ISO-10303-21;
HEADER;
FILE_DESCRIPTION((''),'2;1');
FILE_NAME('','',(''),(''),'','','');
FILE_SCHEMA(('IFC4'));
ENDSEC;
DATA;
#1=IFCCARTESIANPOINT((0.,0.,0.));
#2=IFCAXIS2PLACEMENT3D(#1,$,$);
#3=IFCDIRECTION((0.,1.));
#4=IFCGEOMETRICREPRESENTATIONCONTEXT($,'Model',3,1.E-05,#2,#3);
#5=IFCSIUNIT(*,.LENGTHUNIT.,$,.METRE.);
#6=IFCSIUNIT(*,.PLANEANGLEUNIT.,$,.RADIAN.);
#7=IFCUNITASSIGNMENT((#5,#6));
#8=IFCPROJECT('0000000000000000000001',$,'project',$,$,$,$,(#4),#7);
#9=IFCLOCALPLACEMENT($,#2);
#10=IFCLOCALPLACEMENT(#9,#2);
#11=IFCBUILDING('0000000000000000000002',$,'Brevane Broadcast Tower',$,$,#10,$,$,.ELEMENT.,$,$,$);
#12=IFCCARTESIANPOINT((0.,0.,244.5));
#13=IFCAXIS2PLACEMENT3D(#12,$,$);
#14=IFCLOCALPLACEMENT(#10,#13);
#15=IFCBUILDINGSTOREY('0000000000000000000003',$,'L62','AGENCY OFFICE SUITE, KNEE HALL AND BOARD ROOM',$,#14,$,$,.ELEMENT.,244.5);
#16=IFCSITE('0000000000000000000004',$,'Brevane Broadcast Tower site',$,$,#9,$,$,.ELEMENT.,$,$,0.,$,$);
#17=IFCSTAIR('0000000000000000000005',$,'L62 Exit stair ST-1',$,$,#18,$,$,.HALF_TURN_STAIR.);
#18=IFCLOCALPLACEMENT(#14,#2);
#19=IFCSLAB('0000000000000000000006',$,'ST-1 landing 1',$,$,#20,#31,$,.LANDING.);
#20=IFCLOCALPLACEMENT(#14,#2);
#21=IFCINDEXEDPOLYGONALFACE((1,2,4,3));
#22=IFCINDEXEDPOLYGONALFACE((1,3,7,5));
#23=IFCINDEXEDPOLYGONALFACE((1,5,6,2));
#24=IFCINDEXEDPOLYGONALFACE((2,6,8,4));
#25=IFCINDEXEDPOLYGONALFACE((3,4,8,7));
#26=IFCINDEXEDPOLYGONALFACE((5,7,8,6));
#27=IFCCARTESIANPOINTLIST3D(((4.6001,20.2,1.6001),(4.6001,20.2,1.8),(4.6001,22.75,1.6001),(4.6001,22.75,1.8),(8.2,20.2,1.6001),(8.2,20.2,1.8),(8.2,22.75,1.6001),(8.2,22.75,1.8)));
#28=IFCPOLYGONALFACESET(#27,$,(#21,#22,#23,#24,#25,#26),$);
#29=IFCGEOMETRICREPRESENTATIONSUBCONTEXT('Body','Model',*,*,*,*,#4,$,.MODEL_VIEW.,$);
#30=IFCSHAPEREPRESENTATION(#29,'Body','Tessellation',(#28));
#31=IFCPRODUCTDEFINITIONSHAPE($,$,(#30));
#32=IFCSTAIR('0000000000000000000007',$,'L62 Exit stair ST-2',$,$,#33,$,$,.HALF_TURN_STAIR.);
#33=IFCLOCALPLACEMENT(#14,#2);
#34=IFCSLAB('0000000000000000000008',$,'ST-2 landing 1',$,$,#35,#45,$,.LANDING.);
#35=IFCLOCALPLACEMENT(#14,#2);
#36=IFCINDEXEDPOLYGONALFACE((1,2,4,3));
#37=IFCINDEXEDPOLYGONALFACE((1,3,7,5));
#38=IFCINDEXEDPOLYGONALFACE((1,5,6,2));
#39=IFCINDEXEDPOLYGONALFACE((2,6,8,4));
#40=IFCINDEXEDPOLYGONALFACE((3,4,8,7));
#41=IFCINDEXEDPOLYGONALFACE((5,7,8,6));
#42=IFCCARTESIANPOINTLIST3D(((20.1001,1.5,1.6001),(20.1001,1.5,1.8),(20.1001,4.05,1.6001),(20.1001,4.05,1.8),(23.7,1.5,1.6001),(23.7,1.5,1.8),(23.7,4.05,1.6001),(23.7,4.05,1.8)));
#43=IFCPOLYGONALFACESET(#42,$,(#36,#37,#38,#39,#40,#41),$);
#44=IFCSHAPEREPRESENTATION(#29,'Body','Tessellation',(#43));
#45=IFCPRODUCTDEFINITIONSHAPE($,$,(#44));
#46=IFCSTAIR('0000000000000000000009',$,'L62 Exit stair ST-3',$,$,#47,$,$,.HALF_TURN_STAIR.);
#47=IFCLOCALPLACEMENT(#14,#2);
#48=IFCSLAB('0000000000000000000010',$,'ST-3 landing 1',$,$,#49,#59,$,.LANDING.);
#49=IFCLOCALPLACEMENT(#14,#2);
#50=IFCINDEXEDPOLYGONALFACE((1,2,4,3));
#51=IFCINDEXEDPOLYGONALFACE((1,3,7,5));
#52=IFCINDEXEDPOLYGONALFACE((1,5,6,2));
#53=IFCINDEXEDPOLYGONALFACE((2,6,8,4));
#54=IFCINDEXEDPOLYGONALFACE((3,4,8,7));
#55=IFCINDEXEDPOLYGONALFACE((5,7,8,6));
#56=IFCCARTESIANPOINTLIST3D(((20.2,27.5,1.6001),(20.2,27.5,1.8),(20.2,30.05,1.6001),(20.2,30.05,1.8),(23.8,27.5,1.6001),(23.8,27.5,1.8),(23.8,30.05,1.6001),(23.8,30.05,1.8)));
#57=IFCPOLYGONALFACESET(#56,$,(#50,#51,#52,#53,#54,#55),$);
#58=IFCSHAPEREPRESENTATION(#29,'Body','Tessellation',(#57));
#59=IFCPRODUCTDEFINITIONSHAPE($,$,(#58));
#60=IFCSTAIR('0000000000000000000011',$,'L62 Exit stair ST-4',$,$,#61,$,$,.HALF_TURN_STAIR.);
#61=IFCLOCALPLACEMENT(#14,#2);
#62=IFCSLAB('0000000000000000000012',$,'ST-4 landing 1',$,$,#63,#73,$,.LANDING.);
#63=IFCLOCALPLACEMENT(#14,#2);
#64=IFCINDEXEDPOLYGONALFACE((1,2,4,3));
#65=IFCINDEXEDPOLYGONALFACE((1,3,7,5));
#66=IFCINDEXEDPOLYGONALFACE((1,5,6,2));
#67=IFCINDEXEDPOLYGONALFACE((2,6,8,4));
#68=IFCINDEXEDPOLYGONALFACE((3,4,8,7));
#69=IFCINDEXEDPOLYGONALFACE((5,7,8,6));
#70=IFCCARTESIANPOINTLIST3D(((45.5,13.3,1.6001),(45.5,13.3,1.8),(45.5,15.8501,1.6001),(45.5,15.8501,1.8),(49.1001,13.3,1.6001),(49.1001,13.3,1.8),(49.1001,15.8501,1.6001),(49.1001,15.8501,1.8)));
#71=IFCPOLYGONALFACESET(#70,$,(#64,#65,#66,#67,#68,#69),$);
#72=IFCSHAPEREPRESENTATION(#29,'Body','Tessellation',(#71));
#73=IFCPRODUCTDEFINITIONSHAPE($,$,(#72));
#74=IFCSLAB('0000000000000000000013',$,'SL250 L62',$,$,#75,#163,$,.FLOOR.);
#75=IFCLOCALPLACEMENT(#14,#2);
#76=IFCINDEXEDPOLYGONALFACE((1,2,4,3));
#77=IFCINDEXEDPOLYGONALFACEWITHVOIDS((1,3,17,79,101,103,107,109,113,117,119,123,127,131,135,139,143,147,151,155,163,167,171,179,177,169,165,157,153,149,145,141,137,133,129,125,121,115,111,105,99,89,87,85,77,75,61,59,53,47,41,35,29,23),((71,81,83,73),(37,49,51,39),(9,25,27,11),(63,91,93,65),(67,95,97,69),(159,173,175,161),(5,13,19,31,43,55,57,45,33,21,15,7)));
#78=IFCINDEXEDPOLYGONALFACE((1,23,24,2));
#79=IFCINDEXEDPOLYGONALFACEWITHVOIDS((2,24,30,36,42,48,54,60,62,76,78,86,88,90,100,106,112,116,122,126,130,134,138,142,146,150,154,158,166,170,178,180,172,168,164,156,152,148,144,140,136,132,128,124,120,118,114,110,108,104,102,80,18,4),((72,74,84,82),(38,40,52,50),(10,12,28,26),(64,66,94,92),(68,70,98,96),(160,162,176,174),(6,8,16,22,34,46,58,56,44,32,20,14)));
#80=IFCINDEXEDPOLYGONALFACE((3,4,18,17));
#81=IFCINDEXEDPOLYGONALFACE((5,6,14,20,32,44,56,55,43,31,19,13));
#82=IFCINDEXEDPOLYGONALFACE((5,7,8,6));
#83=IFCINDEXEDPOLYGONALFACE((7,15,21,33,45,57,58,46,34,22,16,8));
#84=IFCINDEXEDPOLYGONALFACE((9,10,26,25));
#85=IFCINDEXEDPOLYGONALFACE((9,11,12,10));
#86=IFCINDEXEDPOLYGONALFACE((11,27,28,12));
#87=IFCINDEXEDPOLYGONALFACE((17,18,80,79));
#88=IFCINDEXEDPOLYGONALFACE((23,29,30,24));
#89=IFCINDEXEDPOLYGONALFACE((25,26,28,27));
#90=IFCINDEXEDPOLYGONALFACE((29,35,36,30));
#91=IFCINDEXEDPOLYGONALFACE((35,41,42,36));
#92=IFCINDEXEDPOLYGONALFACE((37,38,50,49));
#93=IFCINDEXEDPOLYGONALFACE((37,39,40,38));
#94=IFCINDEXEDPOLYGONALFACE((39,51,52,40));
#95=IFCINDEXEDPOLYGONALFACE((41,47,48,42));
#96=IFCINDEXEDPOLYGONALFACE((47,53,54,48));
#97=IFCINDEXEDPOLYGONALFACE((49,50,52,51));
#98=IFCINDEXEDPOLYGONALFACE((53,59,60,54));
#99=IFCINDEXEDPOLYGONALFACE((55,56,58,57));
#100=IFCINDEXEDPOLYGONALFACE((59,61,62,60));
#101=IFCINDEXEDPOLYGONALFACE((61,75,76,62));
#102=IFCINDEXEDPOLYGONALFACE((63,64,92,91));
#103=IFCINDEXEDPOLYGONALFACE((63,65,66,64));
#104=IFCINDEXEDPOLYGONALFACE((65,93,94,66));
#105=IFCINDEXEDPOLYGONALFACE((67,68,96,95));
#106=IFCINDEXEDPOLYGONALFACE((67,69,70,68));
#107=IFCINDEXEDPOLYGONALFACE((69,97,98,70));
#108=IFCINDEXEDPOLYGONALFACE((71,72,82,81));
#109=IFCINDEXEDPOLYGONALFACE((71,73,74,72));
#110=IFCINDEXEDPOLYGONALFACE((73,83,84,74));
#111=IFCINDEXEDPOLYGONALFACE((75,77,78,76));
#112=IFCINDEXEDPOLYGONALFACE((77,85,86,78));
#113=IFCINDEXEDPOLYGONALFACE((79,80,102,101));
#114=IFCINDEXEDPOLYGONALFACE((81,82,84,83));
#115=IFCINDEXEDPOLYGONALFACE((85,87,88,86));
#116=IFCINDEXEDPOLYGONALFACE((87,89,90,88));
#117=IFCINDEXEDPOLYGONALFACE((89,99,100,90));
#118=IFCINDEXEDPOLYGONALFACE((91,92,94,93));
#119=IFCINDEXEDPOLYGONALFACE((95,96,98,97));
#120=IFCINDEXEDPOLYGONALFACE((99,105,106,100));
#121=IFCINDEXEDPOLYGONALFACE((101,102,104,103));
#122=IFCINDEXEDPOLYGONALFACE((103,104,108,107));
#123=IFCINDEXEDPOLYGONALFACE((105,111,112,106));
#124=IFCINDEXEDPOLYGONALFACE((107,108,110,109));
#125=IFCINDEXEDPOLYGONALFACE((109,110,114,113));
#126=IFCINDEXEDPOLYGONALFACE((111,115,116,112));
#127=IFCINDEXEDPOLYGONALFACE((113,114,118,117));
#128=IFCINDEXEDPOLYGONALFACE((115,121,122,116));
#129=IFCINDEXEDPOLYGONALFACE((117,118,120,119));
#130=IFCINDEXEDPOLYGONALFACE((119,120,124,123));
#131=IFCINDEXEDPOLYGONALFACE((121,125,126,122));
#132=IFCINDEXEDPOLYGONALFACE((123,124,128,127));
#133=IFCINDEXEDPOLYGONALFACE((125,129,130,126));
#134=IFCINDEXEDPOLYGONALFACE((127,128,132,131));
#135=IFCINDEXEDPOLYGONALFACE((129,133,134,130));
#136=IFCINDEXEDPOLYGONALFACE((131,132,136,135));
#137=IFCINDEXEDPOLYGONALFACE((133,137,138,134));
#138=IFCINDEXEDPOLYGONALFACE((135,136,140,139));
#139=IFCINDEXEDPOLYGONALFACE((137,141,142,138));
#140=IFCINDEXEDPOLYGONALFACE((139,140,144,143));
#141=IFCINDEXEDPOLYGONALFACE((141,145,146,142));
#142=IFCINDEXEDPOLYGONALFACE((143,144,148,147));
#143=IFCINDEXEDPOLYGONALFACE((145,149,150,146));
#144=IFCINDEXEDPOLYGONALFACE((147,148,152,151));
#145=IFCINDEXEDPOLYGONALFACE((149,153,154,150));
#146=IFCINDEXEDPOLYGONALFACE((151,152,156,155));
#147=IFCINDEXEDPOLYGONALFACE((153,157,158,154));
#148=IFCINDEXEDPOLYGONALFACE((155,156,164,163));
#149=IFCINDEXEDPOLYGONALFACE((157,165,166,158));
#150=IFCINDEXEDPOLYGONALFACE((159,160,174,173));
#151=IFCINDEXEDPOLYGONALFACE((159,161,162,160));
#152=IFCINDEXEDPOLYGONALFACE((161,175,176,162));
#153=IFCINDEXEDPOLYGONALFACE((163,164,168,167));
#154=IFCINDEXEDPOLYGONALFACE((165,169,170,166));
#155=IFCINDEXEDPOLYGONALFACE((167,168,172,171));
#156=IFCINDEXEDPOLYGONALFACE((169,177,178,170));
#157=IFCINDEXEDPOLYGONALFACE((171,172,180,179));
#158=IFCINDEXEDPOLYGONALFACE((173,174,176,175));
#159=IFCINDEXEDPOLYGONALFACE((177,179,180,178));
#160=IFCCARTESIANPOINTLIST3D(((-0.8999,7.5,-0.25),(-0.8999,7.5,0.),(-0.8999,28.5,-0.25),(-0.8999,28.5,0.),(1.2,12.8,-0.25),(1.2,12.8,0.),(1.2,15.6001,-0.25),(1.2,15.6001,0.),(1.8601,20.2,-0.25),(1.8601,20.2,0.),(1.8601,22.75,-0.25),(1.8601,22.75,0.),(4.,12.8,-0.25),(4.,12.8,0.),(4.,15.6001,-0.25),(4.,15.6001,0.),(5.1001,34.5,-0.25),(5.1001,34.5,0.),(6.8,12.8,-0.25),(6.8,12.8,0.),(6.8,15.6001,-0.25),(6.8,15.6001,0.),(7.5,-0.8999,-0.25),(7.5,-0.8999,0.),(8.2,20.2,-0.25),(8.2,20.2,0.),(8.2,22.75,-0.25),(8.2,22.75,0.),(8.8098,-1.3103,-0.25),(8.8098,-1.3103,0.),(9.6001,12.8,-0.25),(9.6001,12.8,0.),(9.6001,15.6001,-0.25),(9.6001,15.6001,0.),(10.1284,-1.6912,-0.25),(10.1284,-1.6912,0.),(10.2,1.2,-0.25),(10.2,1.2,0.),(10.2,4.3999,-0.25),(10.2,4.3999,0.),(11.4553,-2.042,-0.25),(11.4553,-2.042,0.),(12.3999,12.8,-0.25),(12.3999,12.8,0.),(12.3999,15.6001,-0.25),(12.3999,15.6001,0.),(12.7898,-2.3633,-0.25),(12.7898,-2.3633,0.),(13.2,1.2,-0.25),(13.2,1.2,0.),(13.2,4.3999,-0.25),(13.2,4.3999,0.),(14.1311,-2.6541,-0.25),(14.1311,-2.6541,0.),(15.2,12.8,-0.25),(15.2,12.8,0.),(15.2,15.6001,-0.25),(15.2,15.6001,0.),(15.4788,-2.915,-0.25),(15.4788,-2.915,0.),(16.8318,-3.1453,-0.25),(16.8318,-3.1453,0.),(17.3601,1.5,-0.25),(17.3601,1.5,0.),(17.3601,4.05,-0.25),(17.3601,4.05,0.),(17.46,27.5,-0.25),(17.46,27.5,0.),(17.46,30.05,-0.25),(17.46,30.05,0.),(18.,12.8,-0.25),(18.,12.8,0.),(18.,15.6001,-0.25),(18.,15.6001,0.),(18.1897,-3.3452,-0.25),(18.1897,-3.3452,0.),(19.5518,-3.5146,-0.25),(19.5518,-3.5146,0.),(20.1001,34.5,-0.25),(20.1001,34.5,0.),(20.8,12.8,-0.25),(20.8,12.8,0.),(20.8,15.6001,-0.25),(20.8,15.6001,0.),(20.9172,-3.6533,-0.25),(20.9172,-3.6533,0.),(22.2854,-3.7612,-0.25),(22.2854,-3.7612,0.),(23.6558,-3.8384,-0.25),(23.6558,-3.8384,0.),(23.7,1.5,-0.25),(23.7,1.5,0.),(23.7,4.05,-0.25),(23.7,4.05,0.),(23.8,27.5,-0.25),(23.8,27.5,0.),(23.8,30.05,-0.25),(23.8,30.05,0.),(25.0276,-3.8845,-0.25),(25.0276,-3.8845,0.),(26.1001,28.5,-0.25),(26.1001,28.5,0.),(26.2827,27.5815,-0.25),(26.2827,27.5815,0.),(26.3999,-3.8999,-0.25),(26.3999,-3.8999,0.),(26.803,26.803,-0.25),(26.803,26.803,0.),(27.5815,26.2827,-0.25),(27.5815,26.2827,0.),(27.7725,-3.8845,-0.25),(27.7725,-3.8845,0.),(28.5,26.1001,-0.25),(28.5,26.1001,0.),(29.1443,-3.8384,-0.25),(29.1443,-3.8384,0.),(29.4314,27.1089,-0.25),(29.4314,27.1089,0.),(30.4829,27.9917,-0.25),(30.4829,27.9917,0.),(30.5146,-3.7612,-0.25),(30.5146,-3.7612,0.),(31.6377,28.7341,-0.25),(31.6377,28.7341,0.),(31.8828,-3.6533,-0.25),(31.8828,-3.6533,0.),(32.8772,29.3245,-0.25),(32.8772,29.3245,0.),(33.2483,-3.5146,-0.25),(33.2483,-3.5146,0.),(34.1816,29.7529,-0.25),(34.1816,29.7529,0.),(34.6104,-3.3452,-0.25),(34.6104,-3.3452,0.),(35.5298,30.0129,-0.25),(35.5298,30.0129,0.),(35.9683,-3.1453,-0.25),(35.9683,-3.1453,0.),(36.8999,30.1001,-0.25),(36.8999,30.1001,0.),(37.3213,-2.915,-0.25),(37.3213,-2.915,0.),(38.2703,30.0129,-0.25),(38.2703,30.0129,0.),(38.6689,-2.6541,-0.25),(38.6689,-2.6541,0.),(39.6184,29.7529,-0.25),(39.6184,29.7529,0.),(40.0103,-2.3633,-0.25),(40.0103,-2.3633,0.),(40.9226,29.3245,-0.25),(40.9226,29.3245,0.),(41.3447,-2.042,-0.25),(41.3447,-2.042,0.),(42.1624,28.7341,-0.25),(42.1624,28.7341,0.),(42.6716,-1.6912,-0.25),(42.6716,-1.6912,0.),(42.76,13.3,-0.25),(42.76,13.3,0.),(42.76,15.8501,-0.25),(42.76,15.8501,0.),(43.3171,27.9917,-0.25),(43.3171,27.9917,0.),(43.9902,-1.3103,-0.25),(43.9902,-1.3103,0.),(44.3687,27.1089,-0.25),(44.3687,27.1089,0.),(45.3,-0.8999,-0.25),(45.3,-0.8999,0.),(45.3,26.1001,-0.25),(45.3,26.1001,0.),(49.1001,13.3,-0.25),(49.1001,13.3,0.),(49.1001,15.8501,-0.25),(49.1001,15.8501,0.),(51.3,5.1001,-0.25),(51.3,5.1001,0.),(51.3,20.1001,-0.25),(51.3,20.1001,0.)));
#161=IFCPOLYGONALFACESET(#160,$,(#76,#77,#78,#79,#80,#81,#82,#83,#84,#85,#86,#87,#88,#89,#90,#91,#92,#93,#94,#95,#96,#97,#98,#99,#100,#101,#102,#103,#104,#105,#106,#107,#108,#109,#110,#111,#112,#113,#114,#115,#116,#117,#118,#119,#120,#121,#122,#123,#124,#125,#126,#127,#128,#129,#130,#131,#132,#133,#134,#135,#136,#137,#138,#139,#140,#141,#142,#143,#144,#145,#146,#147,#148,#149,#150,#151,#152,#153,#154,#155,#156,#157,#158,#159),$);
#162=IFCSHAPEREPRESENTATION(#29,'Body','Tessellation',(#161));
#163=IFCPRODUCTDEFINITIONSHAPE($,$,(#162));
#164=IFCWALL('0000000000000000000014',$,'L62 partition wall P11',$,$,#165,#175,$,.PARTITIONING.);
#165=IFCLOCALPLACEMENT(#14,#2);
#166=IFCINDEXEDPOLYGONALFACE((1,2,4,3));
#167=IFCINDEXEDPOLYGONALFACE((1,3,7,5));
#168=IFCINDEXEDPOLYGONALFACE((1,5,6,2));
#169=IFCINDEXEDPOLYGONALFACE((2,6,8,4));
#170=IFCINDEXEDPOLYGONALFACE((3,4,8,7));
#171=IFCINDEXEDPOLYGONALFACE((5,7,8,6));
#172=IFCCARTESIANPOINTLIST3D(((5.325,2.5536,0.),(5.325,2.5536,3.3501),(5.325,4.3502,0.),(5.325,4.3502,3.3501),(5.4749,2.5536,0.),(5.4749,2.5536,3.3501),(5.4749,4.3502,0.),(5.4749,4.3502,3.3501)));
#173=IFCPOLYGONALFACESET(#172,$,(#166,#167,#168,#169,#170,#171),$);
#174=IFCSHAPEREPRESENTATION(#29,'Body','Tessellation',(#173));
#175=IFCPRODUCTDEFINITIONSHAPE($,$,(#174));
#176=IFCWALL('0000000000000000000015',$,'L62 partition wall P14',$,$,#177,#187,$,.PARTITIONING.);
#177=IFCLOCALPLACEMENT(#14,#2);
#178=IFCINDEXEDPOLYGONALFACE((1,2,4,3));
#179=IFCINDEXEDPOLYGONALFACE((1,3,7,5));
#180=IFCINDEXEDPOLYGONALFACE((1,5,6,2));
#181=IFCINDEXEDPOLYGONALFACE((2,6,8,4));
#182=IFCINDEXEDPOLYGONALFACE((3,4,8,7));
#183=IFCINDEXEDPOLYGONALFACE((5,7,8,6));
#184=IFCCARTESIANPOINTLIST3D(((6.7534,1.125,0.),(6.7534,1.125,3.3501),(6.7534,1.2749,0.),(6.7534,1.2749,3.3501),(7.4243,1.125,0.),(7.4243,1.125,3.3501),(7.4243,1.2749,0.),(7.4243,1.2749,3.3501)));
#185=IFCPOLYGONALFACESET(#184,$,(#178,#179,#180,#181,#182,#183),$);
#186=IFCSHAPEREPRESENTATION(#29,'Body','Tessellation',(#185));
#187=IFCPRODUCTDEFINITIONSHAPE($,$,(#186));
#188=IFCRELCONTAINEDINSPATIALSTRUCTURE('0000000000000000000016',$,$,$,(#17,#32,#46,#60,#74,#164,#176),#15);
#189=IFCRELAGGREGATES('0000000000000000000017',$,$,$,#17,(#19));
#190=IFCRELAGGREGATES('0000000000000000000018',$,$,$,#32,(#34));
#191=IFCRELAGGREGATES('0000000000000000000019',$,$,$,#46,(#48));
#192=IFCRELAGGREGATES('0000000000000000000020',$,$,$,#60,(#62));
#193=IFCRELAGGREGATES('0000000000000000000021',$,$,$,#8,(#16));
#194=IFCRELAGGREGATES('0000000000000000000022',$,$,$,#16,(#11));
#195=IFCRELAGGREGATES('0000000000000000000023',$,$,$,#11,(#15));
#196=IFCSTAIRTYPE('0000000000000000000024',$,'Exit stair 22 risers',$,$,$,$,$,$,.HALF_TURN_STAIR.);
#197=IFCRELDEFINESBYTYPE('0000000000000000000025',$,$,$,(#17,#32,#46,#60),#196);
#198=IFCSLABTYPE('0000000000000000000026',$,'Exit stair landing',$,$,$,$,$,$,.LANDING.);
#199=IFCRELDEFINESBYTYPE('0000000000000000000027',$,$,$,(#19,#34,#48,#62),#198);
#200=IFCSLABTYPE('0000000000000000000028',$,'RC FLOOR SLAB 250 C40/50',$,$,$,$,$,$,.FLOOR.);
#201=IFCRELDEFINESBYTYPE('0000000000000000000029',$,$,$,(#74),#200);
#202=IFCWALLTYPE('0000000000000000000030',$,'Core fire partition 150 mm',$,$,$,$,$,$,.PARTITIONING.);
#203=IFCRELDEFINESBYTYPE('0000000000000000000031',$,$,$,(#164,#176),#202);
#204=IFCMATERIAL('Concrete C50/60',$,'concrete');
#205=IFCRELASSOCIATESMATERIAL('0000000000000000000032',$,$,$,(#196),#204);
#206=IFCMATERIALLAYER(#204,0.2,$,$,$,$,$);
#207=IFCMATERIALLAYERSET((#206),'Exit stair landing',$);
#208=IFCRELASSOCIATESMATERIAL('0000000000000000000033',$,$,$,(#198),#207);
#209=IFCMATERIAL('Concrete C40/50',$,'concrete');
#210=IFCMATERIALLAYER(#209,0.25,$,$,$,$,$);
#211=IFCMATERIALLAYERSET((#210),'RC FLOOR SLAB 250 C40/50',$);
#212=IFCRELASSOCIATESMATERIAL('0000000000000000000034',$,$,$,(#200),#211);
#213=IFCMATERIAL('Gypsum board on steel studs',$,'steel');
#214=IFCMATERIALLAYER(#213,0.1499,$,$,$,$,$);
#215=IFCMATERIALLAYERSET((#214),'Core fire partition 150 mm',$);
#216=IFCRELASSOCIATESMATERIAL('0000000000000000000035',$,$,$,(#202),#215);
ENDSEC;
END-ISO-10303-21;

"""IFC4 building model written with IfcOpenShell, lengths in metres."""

from ifc_helpers import new_model, si_unit, direction, frame, frame_2d, origin, place, context, subcontext, project, spatial, polyline, rectangle, outline, extrude, material, layer, layer_set, type_object, element, aggregate, save


model = new_model("IFC4")

# Units and contexts
model_context = context("Model", 3, precision=1e-05, world=origin(), true_north=direction((0.0, 1.0)))
body_context = subcontext(model_context, "Body", "Model", "MODEL_VIEW")
ifc_project = project(units=[si_unit("LENGTHUNIT", "METRE"), si_unit("PLANEANGLEUNIT", "RADIAN")], contexts=[model_context])

# Site, building, storey
site_placement = place(None, origin())
site = spatial("IfcSite", under=ifc_project, at=site_placement, Name="Brevane Broadcast Tower site", CompositionType="ELEMENT", RefElevation=0.0)
building_placement = place(site_placement, origin())
building = spatial("IfcBuilding", under=site, at=building_placement, Name="Brevane Broadcast Tower", CompositionType="ELEMENT")
storey_placement = place(building_placement, frame((0.0, 0.0, 244.5)))
storey = spatial("IfcBuildingStorey", under=building, at=storey_placement, Name="L62", Description="AGENCY OFFICE SUITE, KNEE HALL AND BOARD ROOM", CompositionType="ELEMENT", Elevation=244.5)

# Stairs, slabs
ifc_material_1 = material(Name="Concrete C50/60", Category="concrete")
stair_type = type_object("IfcStairType", Name="Exit stair 22 risers", PredefinedType="HALF_TURN_STAIR", material=ifc_material_1)
stair_1_placement = place(storey_placement, origin())
stair_1 = element("IfcStair", 1, at=stair_1_placement, inside=storey, type_object=stair_type, Name="L62 Exit stair ST-1", PredefinedType="HALF_TURN_STAIR")
ifc_layer_1 = layer(ifc_material_1, 0.2)
ifc_layer_set_1 = layer_set([ifc_layer_1], Name="Exit stair landing")
slab_type_1 = type_object("IfcSlabType", Name="Exit stair landing", PredefinedType="LANDING", material=ifc_layer_set_1)
slab_1_placement = place(storey_placement, frame((0.0, 0.0, 1.6001)))
slab_1 = element("IfcSlab", 2, at=slab_1_placement, type_object=slab_type_1, Name="ST-1 landing 1", PredefinedType="LANDING", context=body_context, shape_type="SweptSolid", body=[
    extrude(outline(polyline([(4.6001, 20.2), (8.2, 20.2), (8.2, 22.75), (4.6001, 22.75), (4.6001, 20.2)])), origin(), (0.0, 0.0, 1.0), 0.2),
])
aggregate(stair_1, [slab_1])
stair_2_placement = place(storey_placement, origin())
stair_2 = element("IfcStair", 3, at=stair_2_placement, inside=storey, type_object=stair_type, Name="L62 Exit stair ST-2", PredefinedType="HALF_TURN_STAIR")
slab_2_placement = place(storey_placement, frame((0.0, 0.0, 1.6001)))
slab_2 = element("IfcSlab", 4, at=slab_2_placement, type_object=slab_type_1, Name="ST-2 landing 1", PredefinedType="LANDING", context=body_context, shape_type="SweptSolid", body=[
    extrude(outline(polyline([(20.1001, 1.5), (23.7, 1.5), (23.7, 4.05), (20.1001, 4.05), (20.1001, 1.5)])), origin(), (0.0, 0.0, 1.0), 0.2),
])
aggregate(stair_2, [slab_2])
stair_3_placement = place(storey_placement, origin())
stair_3 = element("IfcStair", 5, at=stair_3_placement, inside=storey, type_object=stair_type, Name="L62 Exit stair ST-3", PredefinedType="HALF_TURN_STAIR")
slab_3_placement = place(storey_placement, frame((0.0, 0.0, 1.6001)))
slab_3 = element("IfcSlab", 6, at=slab_3_placement, type_object=slab_type_1, Name="ST-3 landing 1", PredefinedType="LANDING", context=body_context, shape_type="SweptSolid", body=[
    extrude(outline(polyline([(20.2, 27.5), (23.8, 27.5), (23.8, 30.05), (20.2, 30.05), (20.2, 27.5)])), origin(), (0.0, 0.0, 1.0), 0.2),
])
aggregate(stair_3, [slab_3])
stair_4_placement = place(storey_placement, origin())
stair_4 = element("IfcStair", 7, at=stair_4_placement, inside=storey, type_object=stair_type, Name="L62 Exit stair ST-4", PredefinedType="HALF_TURN_STAIR")
slab_4_placement = place(storey_placement, frame((0.0, 0.0, 1.6001)))
slab_4 = element("IfcSlab", 8, at=slab_4_placement, type_object=slab_type_1, Name="ST-4 landing 1", PredefinedType="LANDING", context=body_context, shape_type="SweptSolid", body=[
    extrude(outline(polyline([(45.5, 13.3), (49.1001, 13.3), (49.1001, 15.8501), (45.5, 15.8501), (45.5, 13.3)])), origin(), (0.0, 0.0, 1.0), 0.2),
])
aggregate(stair_4, [slab_4])

# Slab
ifc_material_2 = material(Name="Concrete C40/50", Category="concrete")
ifc_layer_2 = layer(ifc_material_2, 0.25)
ifc_layer_set_2 = layer_set([ifc_layer_2], Name="RC FLOOR SLAB 250 C40/50")
slab_type_2 = type_object("IfcSlabType", Name="RC FLOOR SLAB 250 C40/50", PredefinedType="FLOOR", material=ifc_layer_set_2)
slab_5_placement = place(storey_placement, frame((0.0, 0.0, -0.25)))
element("IfcSlab", 9, at=slab_5_placement, inside=storey, type_object=slab_type_2, Name="SL250 L62", PredefinedType="FLOOR", context=body_context, shape_type="SweptSolid", body=[
    extrude(outline(polyline([(-0.8999, 7.5), (-0.8999, 28.5), (5.1001, 34.5), (20.1001, 34.5), (26.1001, 28.5), (26.2827, 27.5815), (26.803, 26.803), (27.5815, 26.2827), (28.5, 26.1001), (29.4314, 27.1089), (30.4829, 27.9917), (31.6377, 28.7341), (32.8772, 29.3245), (34.1816, 29.7529), (35.5298, 30.0129), (36.8999, 30.1001), (38.2703, 30.0129), (39.6184, 29.7529), (40.9226, 29.3245), (42.1624, 28.7341), (43.3171, 27.9917), (44.3687, 27.1089), (45.3, 26.1001), (51.3, 20.1001), (51.3, 5.1001), (45.3, -0.8999), (43.9902, -1.3103), (42.6716, -1.6912), (41.3447, -2.042), (40.0103, -2.3633), (38.6689, -2.6541), (37.3213, -2.915), (35.9683, -3.1453), (34.6104, -3.3452), (33.2483, -3.5146), (31.8828, -3.6533), (30.5146, -3.7612), (29.1443, -3.8384), (27.7725, -3.8845), (26.3999, -3.8999), (25.0276, -3.8845), (23.6558, -3.8384), (22.2854, -3.7612), (20.9172, -3.6533), (19.5518, -3.5146), (18.1897, -3.3452), (16.8318, -3.1453), (15.4788, -2.915), (14.1311, -2.6541), (12.7898, -2.3633), (11.4553, -2.042), (10.1284, -1.6912), (8.8098, -1.3103), (7.5, -0.8999), (-0.8999, 7.5)]), holes=[polyline([(13.2, 4.3999), (10.2, 4.3999), (10.2, 1.2), (13.2, 1.2), (13.2, 4.3999)]), polyline([(4.0, 15.6001), (1.2, 15.6001), (1.2, 12.8), (4.0, 12.8), (6.8, 12.8), (9.6001, 12.8), (12.3999, 12.8), (15.2, 12.8), (15.2, 15.6001), (12.3999, 15.6001), (9.6001, 15.6001), (6.8, 15.6001), (4.0, 15.6001)]), polyline([(1.8601, 22.75), (1.8601, 20.2), (8.2, 20.2), (8.2, 22.75), (1.8601, 22.75)]), polyline([(23.7, 4.05), (17.3601, 4.05), (17.3601, 1.5), (23.7, 1.5), (23.7, 4.05)]), polyline([(20.8, 15.6001), (18.0, 15.6001), (18.0, 12.8), (20.8, 12.8), (20.8, 15.6001)]), polyline([(49.1001, 15.8501), (42.76, 15.8501), (42.76, 13.3), (49.1001, 13.3), (49.1001, 15.8501)]), polyline([(23.8, 30.05), (17.46, 30.05), (17.46, 27.5), (23.8, 27.5), (23.8, 30.05)])]), origin(), (0.0, 0.0, 1.0), 0.25),
])

# Walls
ifc_material_3 = material(Name="Gypsum board on steel studs", Category="steel")
ifc_layer_3 = layer(ifc_material_3, 0.1499)
ifc_layer_set_3 = layer_set([ifc_layer_3], Name="Core fire partition 150 mm")
wall_type = type_object("IfcWallType", Name="Core fire partition 150 mm", PredefinedType="PARTITIONING", material=ifc_layer_set_3)
wall_1_placement = place(storey_placement, frame((5.3999, 2.5535, 0.0), z_axis=(0.0, 0.0, 1.0), x_axis=(0.0, 1.0, 0.0)))
element("IfcWall", 10, at=wall_1_placement, inside=storey, type_object=wall_type, Name="L62 partition wall P11", PredefinedType="PARTITIONING", context=body_context, shape_type="SweptSolid", body=[
    extrude(rectangle(XDim=1.7966, YDim=0.1499, at=frame_2d((0.8984, 0.0))), origin(), (0.0, 0.0, 1.0), 3.3501),
])
wall_2_placement = place(storey_placement, frame((7.4243, 1.2, 0.0), z_axis=(0.0, 0.0, 1.0), x_axis=(-1.0, 0.0, 0.0)))
element("IfcWall", 11, at=wall_2_placement, inside=storey, type_object=wall_type, Name="L62 partition wall P14", PredefinedType="PARTITIONING", context=body_context, shape_type="SweptSolid", body=[
    extrude(rectangle(XDim=0.6709, YDim=0.1499, at=frame_2d((0.3354, 0.0))), origin(), (0.0, 0.0, 1.0), 3.3501),
])

save(model, "model.ifc")
